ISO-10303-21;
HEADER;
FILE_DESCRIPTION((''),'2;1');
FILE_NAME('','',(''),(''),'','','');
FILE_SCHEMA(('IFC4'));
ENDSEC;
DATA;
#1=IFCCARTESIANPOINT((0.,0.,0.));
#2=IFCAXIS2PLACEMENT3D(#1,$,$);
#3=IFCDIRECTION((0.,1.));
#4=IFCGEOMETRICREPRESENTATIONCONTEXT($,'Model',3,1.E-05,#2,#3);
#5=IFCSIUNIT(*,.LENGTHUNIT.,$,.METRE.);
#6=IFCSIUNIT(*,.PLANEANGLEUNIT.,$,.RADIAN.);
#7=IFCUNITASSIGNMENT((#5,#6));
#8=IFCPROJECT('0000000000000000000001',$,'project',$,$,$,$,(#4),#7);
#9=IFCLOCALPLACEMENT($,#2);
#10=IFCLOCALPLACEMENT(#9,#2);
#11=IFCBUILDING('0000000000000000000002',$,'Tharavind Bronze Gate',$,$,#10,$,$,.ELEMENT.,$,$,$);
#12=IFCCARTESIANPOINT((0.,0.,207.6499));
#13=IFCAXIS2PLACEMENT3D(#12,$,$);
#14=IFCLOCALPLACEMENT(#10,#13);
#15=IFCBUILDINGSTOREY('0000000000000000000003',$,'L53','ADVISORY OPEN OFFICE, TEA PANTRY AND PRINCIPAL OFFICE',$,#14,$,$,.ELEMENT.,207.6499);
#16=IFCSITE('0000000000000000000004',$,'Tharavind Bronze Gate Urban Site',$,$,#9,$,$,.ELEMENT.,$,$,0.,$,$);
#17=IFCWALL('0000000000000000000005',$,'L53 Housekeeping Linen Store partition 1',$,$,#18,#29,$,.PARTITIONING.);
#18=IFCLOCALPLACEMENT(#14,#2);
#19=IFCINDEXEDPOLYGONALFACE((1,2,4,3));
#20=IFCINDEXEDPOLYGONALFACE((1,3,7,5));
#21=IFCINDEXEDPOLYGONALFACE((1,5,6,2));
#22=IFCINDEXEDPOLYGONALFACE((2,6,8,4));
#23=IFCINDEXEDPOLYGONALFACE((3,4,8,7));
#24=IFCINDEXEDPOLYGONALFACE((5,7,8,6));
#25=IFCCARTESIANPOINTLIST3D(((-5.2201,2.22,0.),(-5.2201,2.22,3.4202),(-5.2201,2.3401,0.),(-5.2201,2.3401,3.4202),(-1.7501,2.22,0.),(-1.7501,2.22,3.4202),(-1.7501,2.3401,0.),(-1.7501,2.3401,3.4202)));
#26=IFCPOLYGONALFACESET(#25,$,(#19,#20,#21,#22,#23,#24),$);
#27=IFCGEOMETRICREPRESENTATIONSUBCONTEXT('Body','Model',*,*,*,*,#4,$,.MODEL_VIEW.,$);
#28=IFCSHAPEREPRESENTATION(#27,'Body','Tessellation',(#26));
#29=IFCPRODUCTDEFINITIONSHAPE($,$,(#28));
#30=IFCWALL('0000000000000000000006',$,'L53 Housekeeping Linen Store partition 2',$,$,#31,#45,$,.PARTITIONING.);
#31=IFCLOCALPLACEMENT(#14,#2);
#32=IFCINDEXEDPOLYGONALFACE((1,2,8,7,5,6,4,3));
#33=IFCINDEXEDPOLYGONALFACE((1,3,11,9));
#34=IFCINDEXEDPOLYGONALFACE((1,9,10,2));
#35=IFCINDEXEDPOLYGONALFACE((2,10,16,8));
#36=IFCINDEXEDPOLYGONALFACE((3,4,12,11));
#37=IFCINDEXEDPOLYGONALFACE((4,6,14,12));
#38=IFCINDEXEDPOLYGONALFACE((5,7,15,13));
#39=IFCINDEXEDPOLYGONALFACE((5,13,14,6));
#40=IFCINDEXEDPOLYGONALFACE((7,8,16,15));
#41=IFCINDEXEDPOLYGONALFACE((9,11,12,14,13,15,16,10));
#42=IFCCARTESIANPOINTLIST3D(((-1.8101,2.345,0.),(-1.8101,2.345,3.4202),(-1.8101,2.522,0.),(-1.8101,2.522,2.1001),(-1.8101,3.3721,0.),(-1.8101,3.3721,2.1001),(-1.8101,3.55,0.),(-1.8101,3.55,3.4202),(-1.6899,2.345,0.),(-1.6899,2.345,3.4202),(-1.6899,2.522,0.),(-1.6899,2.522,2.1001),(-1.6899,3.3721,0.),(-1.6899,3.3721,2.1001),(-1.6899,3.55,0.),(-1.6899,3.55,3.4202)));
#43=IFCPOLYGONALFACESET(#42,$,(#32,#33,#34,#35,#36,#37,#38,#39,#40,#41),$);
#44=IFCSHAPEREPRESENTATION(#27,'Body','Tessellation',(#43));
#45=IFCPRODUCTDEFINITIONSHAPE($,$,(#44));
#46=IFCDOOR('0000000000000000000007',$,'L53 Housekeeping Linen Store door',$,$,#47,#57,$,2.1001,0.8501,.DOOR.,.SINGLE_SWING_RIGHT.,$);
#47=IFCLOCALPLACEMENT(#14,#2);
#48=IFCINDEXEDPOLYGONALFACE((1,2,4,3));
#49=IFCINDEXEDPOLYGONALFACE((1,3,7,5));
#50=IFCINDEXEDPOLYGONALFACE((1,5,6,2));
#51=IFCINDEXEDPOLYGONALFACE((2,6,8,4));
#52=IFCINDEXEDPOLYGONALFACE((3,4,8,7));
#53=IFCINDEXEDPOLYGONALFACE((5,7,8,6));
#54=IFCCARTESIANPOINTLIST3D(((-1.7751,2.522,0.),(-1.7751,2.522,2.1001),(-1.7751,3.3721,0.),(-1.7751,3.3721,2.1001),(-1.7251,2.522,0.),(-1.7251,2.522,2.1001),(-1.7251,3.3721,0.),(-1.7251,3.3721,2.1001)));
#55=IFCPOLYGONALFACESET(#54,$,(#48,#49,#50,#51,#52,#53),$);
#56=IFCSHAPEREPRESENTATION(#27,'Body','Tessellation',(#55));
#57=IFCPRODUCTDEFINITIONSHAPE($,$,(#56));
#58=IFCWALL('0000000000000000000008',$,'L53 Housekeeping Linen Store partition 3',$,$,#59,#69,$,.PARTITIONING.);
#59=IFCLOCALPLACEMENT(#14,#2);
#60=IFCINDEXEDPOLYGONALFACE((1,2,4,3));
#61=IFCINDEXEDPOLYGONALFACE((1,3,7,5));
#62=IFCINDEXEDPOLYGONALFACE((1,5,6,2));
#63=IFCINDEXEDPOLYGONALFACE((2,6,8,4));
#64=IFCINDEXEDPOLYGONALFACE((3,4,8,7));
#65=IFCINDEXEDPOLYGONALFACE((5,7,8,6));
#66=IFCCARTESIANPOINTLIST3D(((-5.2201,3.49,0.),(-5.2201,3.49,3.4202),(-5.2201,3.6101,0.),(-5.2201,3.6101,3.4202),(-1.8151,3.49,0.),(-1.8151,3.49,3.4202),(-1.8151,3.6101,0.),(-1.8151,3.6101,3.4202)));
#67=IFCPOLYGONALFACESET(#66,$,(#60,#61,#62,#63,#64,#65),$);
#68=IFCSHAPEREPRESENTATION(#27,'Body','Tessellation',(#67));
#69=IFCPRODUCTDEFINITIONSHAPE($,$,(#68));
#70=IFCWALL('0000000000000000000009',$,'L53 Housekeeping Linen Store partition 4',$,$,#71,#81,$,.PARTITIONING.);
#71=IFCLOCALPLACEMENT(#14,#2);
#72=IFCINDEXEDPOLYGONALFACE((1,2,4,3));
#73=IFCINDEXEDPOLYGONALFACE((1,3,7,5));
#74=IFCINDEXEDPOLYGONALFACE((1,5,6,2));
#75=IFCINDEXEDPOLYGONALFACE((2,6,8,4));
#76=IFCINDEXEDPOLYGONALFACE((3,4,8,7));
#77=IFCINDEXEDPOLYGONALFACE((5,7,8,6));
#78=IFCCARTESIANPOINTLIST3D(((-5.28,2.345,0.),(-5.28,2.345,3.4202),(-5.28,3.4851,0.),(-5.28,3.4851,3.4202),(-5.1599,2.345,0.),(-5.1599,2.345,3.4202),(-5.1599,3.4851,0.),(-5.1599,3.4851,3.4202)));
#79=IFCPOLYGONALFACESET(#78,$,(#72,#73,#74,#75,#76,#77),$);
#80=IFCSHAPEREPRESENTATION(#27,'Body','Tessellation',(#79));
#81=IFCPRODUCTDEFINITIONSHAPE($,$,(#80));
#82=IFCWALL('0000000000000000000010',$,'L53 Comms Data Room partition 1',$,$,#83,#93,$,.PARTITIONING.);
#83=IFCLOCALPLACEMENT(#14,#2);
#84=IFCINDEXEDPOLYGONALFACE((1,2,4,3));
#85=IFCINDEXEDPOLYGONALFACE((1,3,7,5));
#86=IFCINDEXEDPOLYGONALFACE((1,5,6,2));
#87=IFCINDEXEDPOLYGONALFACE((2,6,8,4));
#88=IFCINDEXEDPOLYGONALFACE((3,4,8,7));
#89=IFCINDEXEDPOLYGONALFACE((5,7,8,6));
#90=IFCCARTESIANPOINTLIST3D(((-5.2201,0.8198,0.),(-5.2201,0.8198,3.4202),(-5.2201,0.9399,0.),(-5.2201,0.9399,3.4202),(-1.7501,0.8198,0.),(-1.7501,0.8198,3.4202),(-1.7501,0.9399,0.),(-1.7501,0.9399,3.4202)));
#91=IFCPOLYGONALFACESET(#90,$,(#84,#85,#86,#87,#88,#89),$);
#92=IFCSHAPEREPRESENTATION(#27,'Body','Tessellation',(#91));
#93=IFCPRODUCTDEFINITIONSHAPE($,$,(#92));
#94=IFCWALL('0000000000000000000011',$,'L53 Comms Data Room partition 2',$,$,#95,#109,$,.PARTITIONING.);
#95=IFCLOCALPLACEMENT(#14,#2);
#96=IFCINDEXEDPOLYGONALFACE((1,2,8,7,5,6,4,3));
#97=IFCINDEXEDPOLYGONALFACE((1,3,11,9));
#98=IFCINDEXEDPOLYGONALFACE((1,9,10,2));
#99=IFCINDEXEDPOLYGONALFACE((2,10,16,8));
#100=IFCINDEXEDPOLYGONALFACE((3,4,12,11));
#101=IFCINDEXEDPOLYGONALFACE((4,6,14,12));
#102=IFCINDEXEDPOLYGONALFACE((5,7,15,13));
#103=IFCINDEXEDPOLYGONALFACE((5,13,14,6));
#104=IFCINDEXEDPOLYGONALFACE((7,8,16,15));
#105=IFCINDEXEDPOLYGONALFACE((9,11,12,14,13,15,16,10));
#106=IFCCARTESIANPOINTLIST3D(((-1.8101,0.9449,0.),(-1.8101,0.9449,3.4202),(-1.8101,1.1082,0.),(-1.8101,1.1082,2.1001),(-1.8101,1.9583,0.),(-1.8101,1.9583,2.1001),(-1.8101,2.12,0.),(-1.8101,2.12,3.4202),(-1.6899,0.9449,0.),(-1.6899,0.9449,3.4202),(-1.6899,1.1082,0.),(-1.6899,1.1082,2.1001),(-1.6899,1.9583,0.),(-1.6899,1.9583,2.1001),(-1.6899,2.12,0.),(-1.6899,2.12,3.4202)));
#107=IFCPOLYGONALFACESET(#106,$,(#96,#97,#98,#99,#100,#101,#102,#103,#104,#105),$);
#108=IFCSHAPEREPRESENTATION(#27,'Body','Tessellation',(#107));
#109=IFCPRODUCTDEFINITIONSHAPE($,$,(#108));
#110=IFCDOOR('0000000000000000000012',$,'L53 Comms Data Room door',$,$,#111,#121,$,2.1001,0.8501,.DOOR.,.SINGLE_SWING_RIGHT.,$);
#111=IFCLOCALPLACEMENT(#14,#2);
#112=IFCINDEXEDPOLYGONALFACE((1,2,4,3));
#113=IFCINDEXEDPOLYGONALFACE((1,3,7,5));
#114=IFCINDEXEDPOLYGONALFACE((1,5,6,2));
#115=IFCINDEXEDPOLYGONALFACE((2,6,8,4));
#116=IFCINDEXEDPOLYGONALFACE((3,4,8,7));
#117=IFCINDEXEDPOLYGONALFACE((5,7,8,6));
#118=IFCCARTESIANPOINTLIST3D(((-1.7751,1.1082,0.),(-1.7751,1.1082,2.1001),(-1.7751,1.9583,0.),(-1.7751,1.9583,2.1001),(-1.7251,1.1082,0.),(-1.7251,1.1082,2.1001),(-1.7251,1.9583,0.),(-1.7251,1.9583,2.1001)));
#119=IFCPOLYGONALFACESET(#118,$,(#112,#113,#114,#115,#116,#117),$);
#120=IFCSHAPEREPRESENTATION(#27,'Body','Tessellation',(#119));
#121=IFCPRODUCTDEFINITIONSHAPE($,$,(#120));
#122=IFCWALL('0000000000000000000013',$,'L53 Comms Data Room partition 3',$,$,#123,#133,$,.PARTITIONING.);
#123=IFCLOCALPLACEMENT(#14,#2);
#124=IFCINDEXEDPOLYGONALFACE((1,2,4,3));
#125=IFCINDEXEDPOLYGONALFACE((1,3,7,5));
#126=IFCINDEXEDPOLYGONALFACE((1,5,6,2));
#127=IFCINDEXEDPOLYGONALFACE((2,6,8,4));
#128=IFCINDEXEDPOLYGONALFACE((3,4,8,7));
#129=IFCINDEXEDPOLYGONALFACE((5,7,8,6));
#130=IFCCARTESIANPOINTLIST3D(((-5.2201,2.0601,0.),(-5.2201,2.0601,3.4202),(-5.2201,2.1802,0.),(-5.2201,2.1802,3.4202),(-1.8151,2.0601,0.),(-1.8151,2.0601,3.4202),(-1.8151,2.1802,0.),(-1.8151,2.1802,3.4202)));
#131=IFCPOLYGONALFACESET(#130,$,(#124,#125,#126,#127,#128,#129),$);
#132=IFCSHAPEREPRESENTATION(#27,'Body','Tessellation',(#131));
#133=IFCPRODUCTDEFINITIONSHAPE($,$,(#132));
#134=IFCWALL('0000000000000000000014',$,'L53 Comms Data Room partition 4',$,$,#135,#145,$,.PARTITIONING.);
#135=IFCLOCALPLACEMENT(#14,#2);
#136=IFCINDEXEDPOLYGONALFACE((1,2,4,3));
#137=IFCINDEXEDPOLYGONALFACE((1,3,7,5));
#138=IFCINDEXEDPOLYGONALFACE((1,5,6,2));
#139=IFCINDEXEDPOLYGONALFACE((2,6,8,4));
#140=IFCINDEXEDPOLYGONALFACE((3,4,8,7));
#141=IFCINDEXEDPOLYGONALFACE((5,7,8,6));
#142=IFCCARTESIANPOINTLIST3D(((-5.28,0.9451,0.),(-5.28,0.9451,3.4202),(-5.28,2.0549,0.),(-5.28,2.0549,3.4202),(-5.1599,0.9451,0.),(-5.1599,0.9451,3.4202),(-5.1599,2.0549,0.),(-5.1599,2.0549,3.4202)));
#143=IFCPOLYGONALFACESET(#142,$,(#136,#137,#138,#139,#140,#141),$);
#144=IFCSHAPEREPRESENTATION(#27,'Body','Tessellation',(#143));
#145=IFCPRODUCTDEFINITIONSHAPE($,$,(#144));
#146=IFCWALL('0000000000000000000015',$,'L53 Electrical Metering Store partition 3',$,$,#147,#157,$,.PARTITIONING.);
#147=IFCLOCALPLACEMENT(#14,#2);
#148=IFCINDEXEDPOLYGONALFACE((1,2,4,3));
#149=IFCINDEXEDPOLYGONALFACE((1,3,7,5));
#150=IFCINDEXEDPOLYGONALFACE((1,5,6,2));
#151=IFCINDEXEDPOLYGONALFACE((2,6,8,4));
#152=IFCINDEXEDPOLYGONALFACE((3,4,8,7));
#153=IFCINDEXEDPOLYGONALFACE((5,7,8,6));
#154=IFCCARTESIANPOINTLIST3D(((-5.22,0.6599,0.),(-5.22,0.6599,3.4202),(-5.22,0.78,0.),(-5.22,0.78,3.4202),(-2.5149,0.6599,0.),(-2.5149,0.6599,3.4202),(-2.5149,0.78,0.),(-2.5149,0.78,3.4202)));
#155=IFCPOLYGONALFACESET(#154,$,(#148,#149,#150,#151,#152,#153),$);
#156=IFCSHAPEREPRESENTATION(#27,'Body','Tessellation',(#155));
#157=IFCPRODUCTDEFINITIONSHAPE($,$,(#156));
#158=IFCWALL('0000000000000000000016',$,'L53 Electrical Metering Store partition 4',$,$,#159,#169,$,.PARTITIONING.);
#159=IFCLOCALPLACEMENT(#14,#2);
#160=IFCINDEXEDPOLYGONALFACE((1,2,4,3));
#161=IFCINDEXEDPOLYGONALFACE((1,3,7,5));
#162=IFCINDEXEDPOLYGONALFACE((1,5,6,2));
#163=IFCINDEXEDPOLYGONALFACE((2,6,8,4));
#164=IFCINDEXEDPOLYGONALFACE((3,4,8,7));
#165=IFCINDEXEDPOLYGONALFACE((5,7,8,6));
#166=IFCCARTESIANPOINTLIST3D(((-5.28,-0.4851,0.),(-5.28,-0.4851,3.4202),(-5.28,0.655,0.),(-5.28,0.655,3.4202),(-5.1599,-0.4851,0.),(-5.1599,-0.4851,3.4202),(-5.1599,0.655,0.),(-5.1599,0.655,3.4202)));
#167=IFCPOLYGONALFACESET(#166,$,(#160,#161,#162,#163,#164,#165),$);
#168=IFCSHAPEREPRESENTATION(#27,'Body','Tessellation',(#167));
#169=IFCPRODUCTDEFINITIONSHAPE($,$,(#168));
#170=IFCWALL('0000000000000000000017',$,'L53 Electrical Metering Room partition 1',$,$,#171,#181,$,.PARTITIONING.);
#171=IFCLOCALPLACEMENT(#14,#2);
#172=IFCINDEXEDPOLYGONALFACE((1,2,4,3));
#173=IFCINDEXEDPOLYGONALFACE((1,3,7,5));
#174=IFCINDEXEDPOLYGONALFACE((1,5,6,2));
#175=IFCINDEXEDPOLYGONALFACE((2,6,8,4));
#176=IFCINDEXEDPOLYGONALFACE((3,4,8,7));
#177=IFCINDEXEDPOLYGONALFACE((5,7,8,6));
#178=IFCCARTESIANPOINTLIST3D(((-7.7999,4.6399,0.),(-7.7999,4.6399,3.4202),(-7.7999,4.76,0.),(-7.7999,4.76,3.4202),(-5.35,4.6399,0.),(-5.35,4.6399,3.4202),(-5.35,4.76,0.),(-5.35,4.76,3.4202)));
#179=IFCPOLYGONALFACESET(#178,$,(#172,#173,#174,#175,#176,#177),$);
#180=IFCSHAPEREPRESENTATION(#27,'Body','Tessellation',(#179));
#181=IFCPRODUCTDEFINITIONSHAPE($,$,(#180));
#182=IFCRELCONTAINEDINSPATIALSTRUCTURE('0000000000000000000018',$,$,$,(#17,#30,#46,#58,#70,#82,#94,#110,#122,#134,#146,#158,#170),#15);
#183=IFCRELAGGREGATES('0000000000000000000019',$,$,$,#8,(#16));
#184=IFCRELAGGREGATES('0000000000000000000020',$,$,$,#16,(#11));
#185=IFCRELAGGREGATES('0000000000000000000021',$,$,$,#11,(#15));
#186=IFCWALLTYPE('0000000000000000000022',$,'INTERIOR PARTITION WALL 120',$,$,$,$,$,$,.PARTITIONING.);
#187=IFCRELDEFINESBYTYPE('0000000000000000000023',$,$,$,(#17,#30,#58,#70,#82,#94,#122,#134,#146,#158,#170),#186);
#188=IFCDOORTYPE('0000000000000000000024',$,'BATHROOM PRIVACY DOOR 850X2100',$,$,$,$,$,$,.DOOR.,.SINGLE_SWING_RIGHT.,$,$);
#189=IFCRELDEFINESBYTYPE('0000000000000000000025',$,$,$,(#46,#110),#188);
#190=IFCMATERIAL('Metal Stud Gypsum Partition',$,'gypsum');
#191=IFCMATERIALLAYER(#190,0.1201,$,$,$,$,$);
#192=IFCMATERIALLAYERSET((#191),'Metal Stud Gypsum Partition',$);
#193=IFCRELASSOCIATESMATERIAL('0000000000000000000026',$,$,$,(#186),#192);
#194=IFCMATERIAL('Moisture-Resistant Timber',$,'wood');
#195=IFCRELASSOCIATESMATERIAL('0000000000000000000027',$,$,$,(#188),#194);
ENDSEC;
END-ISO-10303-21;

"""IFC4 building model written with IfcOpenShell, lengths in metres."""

from ifc_helpers import new_model, si_unit, direction, frame, frame_2d, origin, place, context, subcontext, project, spatial, rectangle, extrude, material, layer, layer_set, type_object, element, fill, save


model = new_model("IFC4")

# Units and contexts
model_context = context("Model", 3, precision=1e-05, world=origin(), true_north=direction((0.0, 1.0)))
body_context = subcontext(model_context, "Body", "Model", "MODEL_VIEW")
ifc_project = project(units=[si_unit("LENGTHUNIT", "METRE"), si_unit("PLANEANGLEUNIT", "RADIAN")], contexts=[model_context])

# Site, building, storey
site_placement = place(None, origin())
site = spatial("IfcSite", under=ifc_project, at=site_placement, Name="Tharavind Bronze Gate Urban Site", CompositionType="ELEMENT", RefElevation=0.0)
building_placement = place(site_placement, origin())
building = spatial("IfcBuilding", under=site, at=building_placement, Name="Tharavind Bronze Gate", CompositionType="ELEMENT")
storey_placement = place(building_placement, frame((0.0, 0.0, 207.6499)))
storey = spatial("IfcBuildingStorey", under=building, at=storey_placement, Name="L53", Description="ADVISORY OPEN OFFICE, TEA PANTRY AND PRINCIPAL OFFICE", CompositionType="ELEMENT", Elevation=207.6499)

# Wall
ifc_material_1 = material(Name="Metal Stud Gypsum Partition", Category="gypsum")
ifc_layer_1 = layer(ifc_material_1, 0.1201)
ifc_layer_set_1 = layer_set([ifc_layer_1], Name="Metal Stud Gypsum Partition")
wall_type_1 = type_object("IfcWallType", Name="INTERIOR PARTITION WALL 120", PredefinedType="PARTITIONING", material=ifc_layer_set_1)
wall_1_placement = place(storey_placement, frame((-5.22, 2.28, 0.0), z_axis=(0.0, 0.0, 1.0), x_axis=(1.0, 0.0, 0.0)))
element("IfcWall", 1, at=wall_1_placement, inside=storey, type_object=wall_type_1, Name="L53 Housekeeping Linen Store partition 1", PredefinedType="PARTITIONING", context=body_context, shape_type="SweptSolid", body=[
    extrude(rectangle(XDim=3.47, YDim=0.1201, at=frame_2d((1.7349, 0.0))), origin(), (0.0, 0.0, 1.0), 3.4202),
])

# Wall, opening, door
wall_2_placement = place(storey_placement, frame((-1.75, 2.345, 0.0), z_axis=(0.0, 0.0, 1.0), x_axis=(0.0, 1.0, 0.0)))
wall_2 = element("IfcWall", 2, at=wall_2_placement, inside=storey, type_object=wall_type_1, Name="L53 Housekeeping Linen Store partition 2", PredefinedType="PARTITIONING", context=body_context, shape_type="SweptSolid", body=[
    extrude(rectangle(XDim=1.2051, YDim=0.1201, at=frame_2d((0.6025, 0.0))), origin(), (0.0, 0.0, 1.0), 3.4202),
])
opening_1_placement = place(wall_2_placement, frame((0.177, 0.0, 0.0)))
opening_1 = element("IfcOpeningElement", 3, at=opening_1_placement, cuts=wall_2, PredefinedType="OPENING", context=body_context, shape_type="SweptSolid", body=[
    extrude(rectangle(XDim=0.8501, YDim=2.1001, at=frame_2d((0.425, 1.05))), frame((0.0, 0.0701, 0.0), z_axis=(0.0, -1.0, 0.0), x_axis=(1.0, 0.0, 0.0)), (0.0, 0.0, 1.0), 0.1401),
])
ifc_material_2 = material(Name="Moisture-Resistant Timber", Category="wood")
door_type_1 = type_object("IfcDoorType", Name="BATHROOM PRIVACY DOOR 850X2100", OperationType="SINGLE_SWING_RIGHT", PredefinedType="DOOR", material=ifc_material_2)
door_1_placement = place(opening_1_placement, frame((0.8501, 0.0, 0.0), z_axis=(0.0, 0.0, 1.0), x_axis=(-1.0, 0.0, 0.0)))
door_1 = element("IfcDoor", 4, at=door_1_placement, inside=storey, type_object=door_type_1, Name="L53 Housekeeping Linen Store door", OperationType="SINGLE_SWING_RIGHT", OverallHeight=2.1001, OverallWidth=0.8501, PredefinedType="DOOR", context=body_context, shape_type="SweptSolid", body=[
    extrude(rectangle(XDim=0.8501, YDim=2.1001, at=frame_2d((0.425, 1.05))), frame((0.0, 0.0249, 0.0), z_axis=(0.0, -1.0, 0.0), x_axis=(1.0, 0.0, 0.0)), (0.0, 0.0, 1.0), 0.05),
])
fill(opening_1, door_1)

# Walls
wall_3_placement = place(storey_placement, frame((-1.8149, 3.55, 0.0), z_axis=(0.0, 0.0, 1.0), x_axis=(-1.0, 0.0, 0.0)))
element("IfcWall", 5, at=wall_3_placement, inside=storey, type_object=wall_type_1, Name="L53 Housekeeping Linen Store partition 3", PredefinedType="PARTITIONING", context=body_context, shape_type="SweptSolid", body=[
    extrude(rectangle(XDim=3.405, YDim=0.1201, at=frame_2d((1.7026, 0.0))), origin(), (0.0, 0.0, 1.0), 3.4202),
])
wall_4_placement = place(storey_placement, frame((-5.22, 3.4851, 0.0), z_axis=(0.0, 0.0, 1.0), x_axis=(0.0, -1.0, 0.0)))
element("IfcWall", 6, at=wall_4_placement, inside=storey, type_object=wall_type_1, Name="L53 Housekeeping Linen Store partition 4", PredefinedType="PARTITIONING", context=body_context, shape_type="SweptSolid", body=[
    extrude(rectangle(XDim=1.1401, YDim=0.1201, at=frame_2d((0.5701, 0.0))), origin(), (0.0, 0.0, 1.0), 3.4202),
])
wall_5_placement = place(storey_placement, frame((-5.22, 0.8799, 0.0), z_axis=(0.0, 0.0, 1.0), x_axis=(1.0, 0.0, 0.0)))
element("IfcWall", 7, at=wall_5_placement, inside=storey, type_object=wall_type_1, Name="L53 Comms Data Room partition 1", PredefinedType="PARTITIONING", context=body_context, shape_type="SweptSolid", body=[
    extrude(rectangle(XDim=3.47, YDim=0.1201, at=frame_2d((1.7349, 0.0))), origin(), (0.0, 0.0, 1.0), 3.4202),
])

# Wall, opening, door
wall_6_placement = place(storey_placement, frame((-1.75, 0.9451, 0.0), z_axis=(0.0, 0.0, 1.0), x_axis=(0.0, 1.0, 0.0)))
wall_6 = element("IfcWall", 8, at=wall_6_placement, inside=storey, type_object=wall_type_1, Name="L53 Comms Data Room partition 2", PredefinedType="PARTITIONING", context=body_context, shape_type="SweptSolid", body=[
    extrude(rectangle(XDim=1.175, YDim=0.1201, at=frame_2d((0.5874, 0.0))), origin(), (0.0, 0.0, 1.0), 3.4202),
])
opening_2_placement = place(wall_6_placement, frame((0.1631, 0.0, 0.0)))
opening_2 = element("IfcOpeningElement", 9, at=opening_2_placement, cuts=wall_6, PredefinedType="OPENING", context=body_context, shape_type="SweptSolid", body=[
    extrude(rectangle(XDim=0.8501, YDim=2.1001, at=frame_2d((0.425, 1.05))), frame((0.0, 0.0701, 0.0), z_axis=(0.0, -1.0, 0.0), x_axis=(1.0, 0.0, 0.0)), (0.0, 0.0, 1.0), 0.1401),
])
door_2_placement = place(opening_2_placement, frame((0.8501, 0.0, 0.0), z_axis=(0.0, 0.0, 1.0), x_axis=(-1.0, 0.0, 0.0)))
door_2 = element("IfcDoor", 10, at=door_2_placement, inside=storey, type_object=door_type_1, Name="L53 Comms Data Room door", OperationType="SINGLE_SWING_RIGHT", OverallHeight=2.1001, OverallWidth=0.8501, PredefinedType="DOOR", context=body_context, shape_type="SweptSolid", body=[
    extrude(rectangle(XDim=0.8501, YDim=2.1001, at=frame_2d((0.425, 1.05))), frame((0.0, 0.0249, 0.0), z_axis=(0.0, -1.0, 0.0), x_axis=(1.0, 0.0, 0.0)), (0.0, 0.0, 1.0), 0.05),
])
fill(opening_2, door_2)

# Walls
wall_7_placement = place(storey_placement, frame((-1.8149, 2.1201, 0.0), z_axis=(0.0, 0.0, 1.0), x_axis=(-1.0, 0.0, 0.0)))
element("IfcWall", 11, at=wall_7_placement, inside=storey, type_object=wall_type_1, Name="L53 Comms Data Room partition 3", PredefinedType="PARTITIONING", context=body_context, shape_type="SweptSolid", body=[
    extrude(rectangle(XDim=3.405, YDim=0.1201, at=frame_2d((1.7026, 0.0))), origin(), (0.0, 0.0, 1.0), 3.4202),
])
wall_8_placement = place(storey_placement, frame((-5.22, 2.0549, 0.0), z_axis=(0.0, 0.0, 1.0), x_axis=(0.0, -1.0, 0.0)))
element("IfcWall", 12, at=wall_8_placement, inside=storey, type_object=wall_type_1, Name="L53 Comms Data Room partition 4", PredefinedType="PARTITIONING", context=body_context, shape_type="SweptSolid", body=[
    extrude(rectangle(XDim=1.1099, YDim=0.1201, at=frame_2d((0.5549, 0.0))), origin(), (0.0, 0.0, 1.0), 3.4202),
])
wall_9_placement = place(storey_placement, frame((-2.5149, 0.72, 0.0), z_axis=(0.0, 0.0, 1.0), x_axis=(-1.0, 0.0, 0.0)))
element("IfcWall", 13, at=wall_9_placement, inside=storey, type_object=wall_type_1, Name="L53 Electrical Metering Store partition 3", PredefinedType="PARTITIONING", context=body_context, shape_type="SweptSolid", body=[
    extrude(rectangle(XDim=2.7051, YDim=0.1201, at=frame_2d((1.3525, 0.0))), origin(), (0.0, 0.0, 1.0), 3.4202),
])
wall_10_placement = place(storey_placement, frame((-5.22, 0.655, 0.0), z_axis=(0.0, 0.0, 1.0), x_axis=(0.0, -1.0, 0.0)))
element("IfcWall", 14, at=wall_10_placement, inside=storey, type_object=wall_type_1, Name="L53 Electrical Metering Store partition 4", PredefinedType="PARTITIONING", context=body_context, shape_type="SweptSolid", body=[
    extrude(rectangle(XDim=1.1401, YDim=0.1201, at=frame_2d((0.5701, 0.0))), origin(), (0.0, 0.0, 1.0), 3.4202),
])
wall_11_placement = place(storey_placement, frame((-7.8, 4.7, 0.0), z_axis=(0.0, 0.0, 1.0), x_axis=(1.0, 0.0, 0.0)))
element("IfcWall", 15, at=wall_11_placement, inside=storey, type_object=wall_type_1, Name="L53 Electrical Metering Room partition 1", PredefinedType="PARTITIONING", context=body_context, shape_type="SweptSolid", body=[
    extrude(rectangle(XDim=2.45, YDim=0.1201, at=frame_2d((1.2251, 0.0))), origin(), (0.0, 0.0, 1.0), 3.4202),
])

save(model, "model.ifc")
